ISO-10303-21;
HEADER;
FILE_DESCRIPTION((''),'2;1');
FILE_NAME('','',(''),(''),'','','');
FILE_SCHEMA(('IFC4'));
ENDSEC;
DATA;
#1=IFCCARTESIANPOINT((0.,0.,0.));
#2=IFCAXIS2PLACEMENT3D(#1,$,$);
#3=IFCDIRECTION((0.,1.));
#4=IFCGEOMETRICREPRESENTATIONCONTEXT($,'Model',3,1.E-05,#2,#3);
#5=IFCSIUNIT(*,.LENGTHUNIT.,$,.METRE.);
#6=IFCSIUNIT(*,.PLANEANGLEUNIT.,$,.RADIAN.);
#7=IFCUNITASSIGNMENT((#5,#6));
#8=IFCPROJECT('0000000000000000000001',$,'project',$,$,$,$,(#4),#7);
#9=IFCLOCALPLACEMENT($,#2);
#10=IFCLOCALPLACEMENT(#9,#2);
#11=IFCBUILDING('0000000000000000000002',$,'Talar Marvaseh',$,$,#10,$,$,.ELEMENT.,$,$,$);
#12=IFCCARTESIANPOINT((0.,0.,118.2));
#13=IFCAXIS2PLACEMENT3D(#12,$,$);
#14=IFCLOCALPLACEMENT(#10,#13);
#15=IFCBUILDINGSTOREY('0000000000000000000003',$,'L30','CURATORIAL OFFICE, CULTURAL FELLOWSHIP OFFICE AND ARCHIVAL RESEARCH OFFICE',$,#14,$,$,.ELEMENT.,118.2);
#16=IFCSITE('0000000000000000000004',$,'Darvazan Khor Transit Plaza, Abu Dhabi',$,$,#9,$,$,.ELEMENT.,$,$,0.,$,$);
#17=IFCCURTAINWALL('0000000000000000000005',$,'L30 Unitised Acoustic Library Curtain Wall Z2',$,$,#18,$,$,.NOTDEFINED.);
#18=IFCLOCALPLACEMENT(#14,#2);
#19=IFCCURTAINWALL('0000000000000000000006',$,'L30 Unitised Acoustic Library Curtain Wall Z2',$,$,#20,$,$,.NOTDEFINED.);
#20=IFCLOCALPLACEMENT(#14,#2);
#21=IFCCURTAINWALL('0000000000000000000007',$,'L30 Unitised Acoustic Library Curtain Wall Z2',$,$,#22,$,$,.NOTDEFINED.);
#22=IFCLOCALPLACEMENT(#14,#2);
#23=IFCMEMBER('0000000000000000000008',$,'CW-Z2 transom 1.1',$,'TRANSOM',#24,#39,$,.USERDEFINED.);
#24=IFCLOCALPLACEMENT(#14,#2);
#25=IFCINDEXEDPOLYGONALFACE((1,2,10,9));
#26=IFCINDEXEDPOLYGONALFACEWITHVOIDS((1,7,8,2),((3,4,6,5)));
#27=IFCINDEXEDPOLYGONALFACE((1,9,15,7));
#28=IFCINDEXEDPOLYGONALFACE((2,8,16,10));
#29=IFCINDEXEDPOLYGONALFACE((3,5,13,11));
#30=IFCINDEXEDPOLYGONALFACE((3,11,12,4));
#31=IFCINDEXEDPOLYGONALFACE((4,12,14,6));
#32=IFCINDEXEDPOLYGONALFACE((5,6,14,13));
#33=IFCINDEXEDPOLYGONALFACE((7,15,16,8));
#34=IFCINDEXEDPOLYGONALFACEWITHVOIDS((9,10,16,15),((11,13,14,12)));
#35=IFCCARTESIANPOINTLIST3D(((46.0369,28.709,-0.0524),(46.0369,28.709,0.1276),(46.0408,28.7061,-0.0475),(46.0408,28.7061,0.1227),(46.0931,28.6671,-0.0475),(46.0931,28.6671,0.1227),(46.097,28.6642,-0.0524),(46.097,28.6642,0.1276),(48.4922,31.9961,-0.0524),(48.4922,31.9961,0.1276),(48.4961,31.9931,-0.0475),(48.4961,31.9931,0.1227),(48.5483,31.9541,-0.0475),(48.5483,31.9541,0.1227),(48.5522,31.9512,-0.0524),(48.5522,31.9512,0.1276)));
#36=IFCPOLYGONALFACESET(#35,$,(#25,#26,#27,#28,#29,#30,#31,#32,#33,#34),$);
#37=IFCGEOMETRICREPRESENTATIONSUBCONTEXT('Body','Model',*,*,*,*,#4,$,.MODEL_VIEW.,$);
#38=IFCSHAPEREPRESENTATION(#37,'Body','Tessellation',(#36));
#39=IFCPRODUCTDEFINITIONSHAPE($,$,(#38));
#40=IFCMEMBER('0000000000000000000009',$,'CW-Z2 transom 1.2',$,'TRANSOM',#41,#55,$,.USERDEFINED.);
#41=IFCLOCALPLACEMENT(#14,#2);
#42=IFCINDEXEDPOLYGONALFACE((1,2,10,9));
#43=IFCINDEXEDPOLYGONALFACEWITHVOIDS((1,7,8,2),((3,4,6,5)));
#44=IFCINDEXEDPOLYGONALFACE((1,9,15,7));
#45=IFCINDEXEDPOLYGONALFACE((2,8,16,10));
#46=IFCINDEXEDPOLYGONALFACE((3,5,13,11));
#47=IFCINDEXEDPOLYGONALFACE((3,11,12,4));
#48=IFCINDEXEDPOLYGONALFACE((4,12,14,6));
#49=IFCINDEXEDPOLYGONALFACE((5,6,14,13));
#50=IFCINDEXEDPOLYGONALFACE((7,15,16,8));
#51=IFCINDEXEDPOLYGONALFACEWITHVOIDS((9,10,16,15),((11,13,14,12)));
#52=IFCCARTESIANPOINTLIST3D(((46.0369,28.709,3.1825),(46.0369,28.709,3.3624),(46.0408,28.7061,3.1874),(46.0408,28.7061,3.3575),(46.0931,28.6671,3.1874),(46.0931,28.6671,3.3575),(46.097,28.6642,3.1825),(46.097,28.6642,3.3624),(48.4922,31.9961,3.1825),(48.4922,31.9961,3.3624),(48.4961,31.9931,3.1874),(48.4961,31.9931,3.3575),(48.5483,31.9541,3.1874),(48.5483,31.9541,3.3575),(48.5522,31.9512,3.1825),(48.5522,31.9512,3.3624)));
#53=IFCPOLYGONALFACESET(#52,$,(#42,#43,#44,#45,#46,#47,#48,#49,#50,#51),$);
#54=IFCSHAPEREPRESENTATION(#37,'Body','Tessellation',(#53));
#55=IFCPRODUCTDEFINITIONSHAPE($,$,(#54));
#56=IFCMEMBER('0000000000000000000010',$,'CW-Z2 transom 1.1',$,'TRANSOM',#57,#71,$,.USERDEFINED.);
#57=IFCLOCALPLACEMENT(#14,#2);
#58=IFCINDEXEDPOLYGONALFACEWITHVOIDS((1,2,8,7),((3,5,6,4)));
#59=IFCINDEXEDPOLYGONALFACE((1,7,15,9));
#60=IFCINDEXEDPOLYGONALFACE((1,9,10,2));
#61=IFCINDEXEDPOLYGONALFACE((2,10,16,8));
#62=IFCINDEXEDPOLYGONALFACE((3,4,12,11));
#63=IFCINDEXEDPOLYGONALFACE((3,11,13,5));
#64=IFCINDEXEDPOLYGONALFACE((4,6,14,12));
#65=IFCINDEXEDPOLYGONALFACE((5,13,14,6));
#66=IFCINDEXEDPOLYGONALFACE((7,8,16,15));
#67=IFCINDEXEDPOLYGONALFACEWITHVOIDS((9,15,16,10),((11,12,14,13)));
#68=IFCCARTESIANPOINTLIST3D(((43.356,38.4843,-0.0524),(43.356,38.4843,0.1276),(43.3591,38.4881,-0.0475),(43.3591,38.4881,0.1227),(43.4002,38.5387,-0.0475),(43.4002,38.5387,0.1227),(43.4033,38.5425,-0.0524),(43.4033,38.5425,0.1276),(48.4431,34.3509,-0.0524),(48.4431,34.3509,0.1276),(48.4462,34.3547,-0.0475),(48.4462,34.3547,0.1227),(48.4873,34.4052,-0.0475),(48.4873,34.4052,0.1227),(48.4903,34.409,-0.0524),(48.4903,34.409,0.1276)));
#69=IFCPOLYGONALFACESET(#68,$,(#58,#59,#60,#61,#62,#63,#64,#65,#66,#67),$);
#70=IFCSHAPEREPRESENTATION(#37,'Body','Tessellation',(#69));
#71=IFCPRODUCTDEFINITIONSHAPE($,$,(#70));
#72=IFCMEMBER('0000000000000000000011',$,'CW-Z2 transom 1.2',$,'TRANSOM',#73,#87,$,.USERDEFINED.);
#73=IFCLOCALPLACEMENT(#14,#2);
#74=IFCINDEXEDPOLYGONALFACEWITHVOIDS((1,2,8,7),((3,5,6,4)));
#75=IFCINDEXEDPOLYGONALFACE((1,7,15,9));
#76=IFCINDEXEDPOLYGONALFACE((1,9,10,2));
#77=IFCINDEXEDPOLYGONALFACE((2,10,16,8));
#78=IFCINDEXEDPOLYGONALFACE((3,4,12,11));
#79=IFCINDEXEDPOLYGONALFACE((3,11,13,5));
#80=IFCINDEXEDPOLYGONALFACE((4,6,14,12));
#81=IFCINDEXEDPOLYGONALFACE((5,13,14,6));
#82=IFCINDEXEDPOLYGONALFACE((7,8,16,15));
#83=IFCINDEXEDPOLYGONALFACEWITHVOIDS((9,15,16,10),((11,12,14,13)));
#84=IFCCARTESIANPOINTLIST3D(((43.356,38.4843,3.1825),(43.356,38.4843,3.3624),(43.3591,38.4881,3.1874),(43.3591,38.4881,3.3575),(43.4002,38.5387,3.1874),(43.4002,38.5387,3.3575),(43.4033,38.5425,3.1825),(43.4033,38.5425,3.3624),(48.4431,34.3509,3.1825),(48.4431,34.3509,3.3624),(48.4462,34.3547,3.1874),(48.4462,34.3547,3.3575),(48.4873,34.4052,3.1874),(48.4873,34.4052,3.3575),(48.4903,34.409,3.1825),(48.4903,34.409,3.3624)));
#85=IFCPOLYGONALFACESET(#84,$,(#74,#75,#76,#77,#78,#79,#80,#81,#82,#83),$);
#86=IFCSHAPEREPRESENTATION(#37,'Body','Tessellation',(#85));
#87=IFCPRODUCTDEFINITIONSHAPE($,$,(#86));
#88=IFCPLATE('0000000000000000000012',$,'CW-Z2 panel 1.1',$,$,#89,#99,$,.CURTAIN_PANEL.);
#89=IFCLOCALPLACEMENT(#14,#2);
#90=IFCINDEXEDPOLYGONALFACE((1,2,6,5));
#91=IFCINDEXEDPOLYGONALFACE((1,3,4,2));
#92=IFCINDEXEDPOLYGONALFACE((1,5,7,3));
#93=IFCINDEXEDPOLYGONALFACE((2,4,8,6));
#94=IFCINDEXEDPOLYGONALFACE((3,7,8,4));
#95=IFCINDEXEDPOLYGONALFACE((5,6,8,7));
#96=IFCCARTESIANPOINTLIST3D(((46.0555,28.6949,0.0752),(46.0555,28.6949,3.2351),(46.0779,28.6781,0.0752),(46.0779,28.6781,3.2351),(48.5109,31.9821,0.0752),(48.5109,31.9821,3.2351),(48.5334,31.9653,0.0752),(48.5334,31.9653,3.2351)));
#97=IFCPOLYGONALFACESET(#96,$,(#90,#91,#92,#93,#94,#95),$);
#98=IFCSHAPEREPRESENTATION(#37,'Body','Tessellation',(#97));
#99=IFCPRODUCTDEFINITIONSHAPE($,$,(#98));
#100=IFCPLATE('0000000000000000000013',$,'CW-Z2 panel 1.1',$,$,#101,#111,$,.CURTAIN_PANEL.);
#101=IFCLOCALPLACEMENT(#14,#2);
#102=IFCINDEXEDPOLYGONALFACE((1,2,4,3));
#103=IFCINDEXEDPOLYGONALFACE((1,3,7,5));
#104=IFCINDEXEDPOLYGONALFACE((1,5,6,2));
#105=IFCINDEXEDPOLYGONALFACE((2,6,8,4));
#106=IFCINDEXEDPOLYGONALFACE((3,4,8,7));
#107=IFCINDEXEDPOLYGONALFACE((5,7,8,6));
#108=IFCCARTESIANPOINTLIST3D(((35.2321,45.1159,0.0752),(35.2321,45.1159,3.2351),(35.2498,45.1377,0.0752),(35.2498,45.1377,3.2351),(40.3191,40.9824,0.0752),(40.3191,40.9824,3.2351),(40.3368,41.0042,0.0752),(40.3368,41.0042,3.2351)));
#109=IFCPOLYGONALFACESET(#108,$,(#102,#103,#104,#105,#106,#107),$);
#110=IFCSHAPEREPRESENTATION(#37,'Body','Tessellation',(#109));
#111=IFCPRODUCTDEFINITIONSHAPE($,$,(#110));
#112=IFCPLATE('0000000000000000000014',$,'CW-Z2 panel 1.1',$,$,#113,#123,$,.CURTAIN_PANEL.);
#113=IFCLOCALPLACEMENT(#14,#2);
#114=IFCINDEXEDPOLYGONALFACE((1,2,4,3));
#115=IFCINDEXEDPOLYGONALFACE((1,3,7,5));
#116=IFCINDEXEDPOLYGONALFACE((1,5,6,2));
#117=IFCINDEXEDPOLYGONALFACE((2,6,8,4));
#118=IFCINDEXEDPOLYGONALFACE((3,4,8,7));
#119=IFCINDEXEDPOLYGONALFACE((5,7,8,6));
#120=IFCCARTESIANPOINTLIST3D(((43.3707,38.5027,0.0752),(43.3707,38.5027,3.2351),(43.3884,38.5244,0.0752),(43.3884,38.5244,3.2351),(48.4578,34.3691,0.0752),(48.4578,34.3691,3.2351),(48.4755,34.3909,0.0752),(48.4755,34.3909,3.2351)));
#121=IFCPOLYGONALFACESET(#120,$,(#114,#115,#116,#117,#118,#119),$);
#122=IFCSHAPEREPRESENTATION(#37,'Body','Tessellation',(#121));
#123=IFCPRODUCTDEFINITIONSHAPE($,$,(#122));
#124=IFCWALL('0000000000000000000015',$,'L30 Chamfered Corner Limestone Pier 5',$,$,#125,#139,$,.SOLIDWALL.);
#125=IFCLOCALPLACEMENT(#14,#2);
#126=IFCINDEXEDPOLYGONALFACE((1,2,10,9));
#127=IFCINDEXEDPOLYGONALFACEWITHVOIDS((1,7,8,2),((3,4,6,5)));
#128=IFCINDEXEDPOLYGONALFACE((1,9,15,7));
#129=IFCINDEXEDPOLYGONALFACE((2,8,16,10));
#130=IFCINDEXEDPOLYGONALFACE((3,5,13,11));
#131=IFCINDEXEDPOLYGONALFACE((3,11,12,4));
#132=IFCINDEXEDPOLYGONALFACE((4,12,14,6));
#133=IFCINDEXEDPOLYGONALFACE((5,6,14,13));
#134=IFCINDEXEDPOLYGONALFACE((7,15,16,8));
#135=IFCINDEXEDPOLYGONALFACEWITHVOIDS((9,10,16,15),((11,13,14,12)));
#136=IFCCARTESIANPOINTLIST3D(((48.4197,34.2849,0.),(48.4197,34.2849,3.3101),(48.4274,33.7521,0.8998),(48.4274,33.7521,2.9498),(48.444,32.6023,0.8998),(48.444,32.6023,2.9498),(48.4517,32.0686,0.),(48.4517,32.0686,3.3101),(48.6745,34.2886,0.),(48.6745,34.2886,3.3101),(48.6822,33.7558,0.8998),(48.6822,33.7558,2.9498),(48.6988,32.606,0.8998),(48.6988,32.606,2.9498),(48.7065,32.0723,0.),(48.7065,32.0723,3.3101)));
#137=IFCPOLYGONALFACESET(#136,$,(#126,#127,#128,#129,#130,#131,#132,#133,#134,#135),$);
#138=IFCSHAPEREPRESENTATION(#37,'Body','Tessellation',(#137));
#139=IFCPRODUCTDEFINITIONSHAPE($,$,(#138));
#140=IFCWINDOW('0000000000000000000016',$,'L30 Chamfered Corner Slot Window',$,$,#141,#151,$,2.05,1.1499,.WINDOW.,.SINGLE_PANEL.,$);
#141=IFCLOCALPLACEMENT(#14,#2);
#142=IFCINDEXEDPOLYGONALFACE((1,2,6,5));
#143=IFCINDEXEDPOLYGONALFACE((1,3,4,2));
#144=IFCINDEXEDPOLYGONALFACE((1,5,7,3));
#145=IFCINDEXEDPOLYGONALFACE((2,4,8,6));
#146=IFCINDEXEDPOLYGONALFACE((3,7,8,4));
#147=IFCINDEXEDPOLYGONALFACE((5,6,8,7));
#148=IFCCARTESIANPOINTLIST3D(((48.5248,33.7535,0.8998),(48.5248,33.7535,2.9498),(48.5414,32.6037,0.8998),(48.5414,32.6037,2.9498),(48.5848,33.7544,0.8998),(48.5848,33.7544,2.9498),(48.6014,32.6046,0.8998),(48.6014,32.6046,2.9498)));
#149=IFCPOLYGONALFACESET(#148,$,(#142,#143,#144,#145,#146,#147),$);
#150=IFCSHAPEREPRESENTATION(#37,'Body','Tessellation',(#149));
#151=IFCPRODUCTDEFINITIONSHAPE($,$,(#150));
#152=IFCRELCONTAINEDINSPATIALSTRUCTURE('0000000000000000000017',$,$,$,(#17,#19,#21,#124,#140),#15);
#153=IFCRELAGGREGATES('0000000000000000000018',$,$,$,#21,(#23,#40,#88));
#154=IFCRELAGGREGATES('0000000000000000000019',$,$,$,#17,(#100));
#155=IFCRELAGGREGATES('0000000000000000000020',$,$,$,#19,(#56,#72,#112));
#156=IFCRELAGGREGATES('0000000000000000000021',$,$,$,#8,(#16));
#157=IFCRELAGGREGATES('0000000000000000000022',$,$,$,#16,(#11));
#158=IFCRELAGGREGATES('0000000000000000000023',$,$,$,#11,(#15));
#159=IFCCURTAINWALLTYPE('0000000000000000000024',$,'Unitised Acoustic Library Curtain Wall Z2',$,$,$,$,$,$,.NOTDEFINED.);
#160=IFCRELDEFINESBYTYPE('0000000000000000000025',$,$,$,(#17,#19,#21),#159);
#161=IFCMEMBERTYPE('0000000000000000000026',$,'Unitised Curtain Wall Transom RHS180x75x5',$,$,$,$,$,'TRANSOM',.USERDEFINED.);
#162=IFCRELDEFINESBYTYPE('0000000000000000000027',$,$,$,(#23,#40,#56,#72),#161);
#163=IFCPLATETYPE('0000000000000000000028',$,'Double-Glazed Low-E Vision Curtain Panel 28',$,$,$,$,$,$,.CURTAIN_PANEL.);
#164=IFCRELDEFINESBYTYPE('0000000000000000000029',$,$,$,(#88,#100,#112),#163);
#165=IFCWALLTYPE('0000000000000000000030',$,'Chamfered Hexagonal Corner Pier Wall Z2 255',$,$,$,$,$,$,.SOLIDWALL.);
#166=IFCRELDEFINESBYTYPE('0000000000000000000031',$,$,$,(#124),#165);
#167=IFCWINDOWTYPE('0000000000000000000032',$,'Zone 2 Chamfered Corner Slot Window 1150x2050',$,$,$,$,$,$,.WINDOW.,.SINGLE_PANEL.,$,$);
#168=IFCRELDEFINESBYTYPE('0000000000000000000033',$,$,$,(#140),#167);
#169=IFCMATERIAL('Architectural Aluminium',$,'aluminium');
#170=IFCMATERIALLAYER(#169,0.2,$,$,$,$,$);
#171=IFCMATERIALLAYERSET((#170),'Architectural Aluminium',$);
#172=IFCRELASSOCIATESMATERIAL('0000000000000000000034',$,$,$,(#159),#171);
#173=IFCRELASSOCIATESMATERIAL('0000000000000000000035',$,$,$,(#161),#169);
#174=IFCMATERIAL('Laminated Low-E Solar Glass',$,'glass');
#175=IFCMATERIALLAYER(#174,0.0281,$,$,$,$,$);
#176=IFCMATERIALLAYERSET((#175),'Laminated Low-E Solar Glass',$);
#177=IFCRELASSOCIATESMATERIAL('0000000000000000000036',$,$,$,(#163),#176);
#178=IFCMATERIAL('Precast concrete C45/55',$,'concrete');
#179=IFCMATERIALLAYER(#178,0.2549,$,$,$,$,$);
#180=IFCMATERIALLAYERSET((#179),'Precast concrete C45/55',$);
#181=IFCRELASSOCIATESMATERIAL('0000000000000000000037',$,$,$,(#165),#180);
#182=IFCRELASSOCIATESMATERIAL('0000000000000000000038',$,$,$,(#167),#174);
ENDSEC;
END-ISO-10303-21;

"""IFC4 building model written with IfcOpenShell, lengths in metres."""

from ifc_helpers import new_model, si_unit, direction, frame, frame_2d, origin, origin_2d, place, context, subcontext, project, spatial, rectangle, hollow_rectangle, extrude, source, transform, mapped, material, layer, layer_set, material_profile, profile_set, type_object, type_shapes, element, fill, aggregate, save


model = new_model("IFC4")

# Units and contexts
model_context = context("Model", 3, precision=1e-05, world=origin(), true_north=direction((0.0, 1.0)))
body_context = subcontext(model_context, "Body", "Model", "MODEL_VIEW")
ifc_project = project(units=[si_unit("LENGTHUNIT", "METRE"), si_unit("PLANEANGLEUNIT", "RADIAN")], contexts=[model_context])

# Site, building, storey
site_placement = place(None, origin())
site = spatial("IfcSite", under=ifc_project, at=site_placement, Name="Darvazan Khor Transit Plaza, Abu Dhabi", CompositionType="ELEMENT", RefElevation=0.0)
building_placement = place(site_placement, origin())
building = spatial("IfcBuilding", under=site, at=building_placement, Name="Talar Marvaseh", CompositionType="ELEMENT")
storey_placement = place(building_placement, frame((0.0, 0.0, 118.2)))
storey = spatial("IfcBuildingStorey", under=building, at=storey_placement, Name="L30", Description="CURATORIAL OFFICE, CULTURAL FELLOWSHIP OFFICE AND ARCHIVAL RESEARCH OFFICE", CompositionType="ELEMENT", Elevation=118.2)

# Curtain wall
ifc_material_1 = material(Name="Architectural Aluminium", Category="aluminium")
ifc_layer_1 = layer(ifc_material_1, 0.2)
ifc_layer_set_1 = layer_set([ifc_layer_1], Name="Architectural Aluminium")
curtain_wall_type = type_object("IfcCurtainWallType", Name="Unitised Acoustic Library Curtain Wall Z2", PredefinedType="NOTDEFINED", material=ifc_layer_set_1)
curtain_wall_1_placement = place(storey_placement, origin())
curtain_wall_1 = element("IfcCurtainWall", 1, at=curtain_wall_1_placement, inside=storey, type_object=curtain_wall_type, Name="L30 Unitised Acoustic Library Curtain Wall Z2", PredefinedType="NOTDEFINED")

# Curtain walls, members
curtain_wall_2_placement = place(storey_placement, origin())
curtain_wall_2 = element("IfcCurtainWall", 2, at=curtain_wall_2_placement, inside=storey, type_object=curtain_wall_type, Name="L30 Unitised Acoustic Library Curtain Wall Z2", PredefinedType="NOTDEFINED")
curtain_wall_3_placement = place(storey_placement, origin())
curtain_wall_3 = element("IfcCurtainWall", 3, at=curtain_wall_3_placement, inside=storey, type_object=curtain_wall_type, Name="L30 Unitised Acoustic Library Curtain Wall Z2", PredefinedType="NOTDEFINED")
ifc_material_profile_1 = material_profile(ifc_material_1, hollow_rectangle(XDim=0.075, YDim=0.1799, WallThickness=0.0049, at=origin_2d()), Name="RHS180x75x5")
ifc_profile_set_1 = profile_set([ifc_material_profile_1], Name="Architectural Aluminium")
member_type_1 = type_object("IfcMemberType", Name="Unitised Curtain Wall Transom RHS180x75x5", ElementType="TRANSOM", PredefinedType="USERDEFINED", material=ifc_profile_set_1)
shared_shape_1 = source(origin(), body_context, "Body", "SweptSolid", [
    extrude(hollow_rectangle(XDim=0.075, YDim=0.1799, WallThickness=0.0049, at=origin_2d()), origin(), (0.0, 0.0, 1.0), 4.1028),
])
member_1_placement = place(storey_placement, frame((48.5222, 31.9736, 0.0376), z_axis=(-0.598437, -0.80117, 0.0), x_axis=(0.80117, -0.598437, 0.0)))
member_1 = element("IfcMember", 4, at=member_1_placement, type_object=member_type_1, Name="CW-Z2 transom 1.1", ObjectType="TRANSOM", PredefinedType="USERDEFINED", context=body_context, shape_type="MappedRepresentation", body=[
    mapped(shared_shape_1, transform((0.0, 0.0, 0.0), x_axis=(1.0, 0.0, 0.0), y_axis=(0.0, 1.0, 0.0), z_axis=(0.0, 0.0, 1.0), scale=1.0)),
])
member_2_placement = place(storey_placement, frame((48.5222, 31.9736, 3.2725), z_axis=(-0.598437, -0.80117, 0.0), x_axis=(0.80117, -0.598437, 0.0)))
member_2 = element("IfcMember", 5, at=member_2_placement, type_object=member_type_1, Name="CW-Z2 transom 1.2", ObjectType="TRANSOM", PredefinedType="USERDEFINED", context=body_context, shape_type="MappedRepresentation", body=[
    mapped(shared_shape_1, transform((0.0, 0.0, 0.0), x_axis=(1.0, 0.0, 0.0), y_axis=(0.0, 1.0, 0.0), z_axis=(0.0, 0.0, 1.0), scale=1.0)),
])

# Members
shared_shape_2 = source(origin(), body_context, "Body", "SweptSolid", [
    extrude(hollow_rectangle(XDim=0.075, YDim=0.1799, WallThickness=0.0049, at=origin_2d()), origin(), (0.0, 0.0, 1.0), 6.5547),
])
type_shapes(member_type_1, [shared_shape_1, shared_shape_2])
member_3_placement = place(storey_placement, frame((43.3796, 38.5134, 0.0376), z_axis=(0.776097, -0.630614, 0.0), x_axis=(0.630614, 0.776097, 0.0)))
member_3 = element("IfcMember", 6, at=member_3_placement, type_object=member_type_1, Name="CW-Z2 transom 1.1", ObjectType="TRANSOM", PredefinedType="USERDEFINED", context=body_context, shape_type="MappedRepresentation", body=[
    mapped(shared_shape_2, transform((0.0, 0.0, 0.0), x_axis=(1.0, 0.0, 0.0), y_axis=(0.0, 1.0, 0.0), z_axis=(0.0, 0.0, 1.0), scale=1.0)),
])
member_4_placement = place(storey_placement, frame((43.3796, 38.5134, 3.2725), z_axis=(0.776097, -0.630614, 0.0), x_axis=(0.630614, 0.776097, 0.0)))
member_4 = element("IfcMember", 7, at=member_4_placement, type_object=member_type_1, Name="CW-Z2 transom 1.2", ObjectType="TRANSOM", PredefinedType="USERDEFINED", context=body_context, shape_type="MappedRepresentation", body=[
    mapped(shared_shape_2, transform((0.0, 0.0, 0.0), x_axis=(1.0, 0.0, 0.0), y_axis=(0.0, 1.0, 0.0), z_axis=(0.0, 0.0, 1.0), scale=1.0)),
])

# Plates
ifc_material_2 = material(Name="Laminated Low-E Solar Glass", Category="glass")
ifc_layer_2 = layer(ifc_material_2, 0.0281)
ifc_layer_set_2 = layer_set([ifc_layer_2], Name="Laminated Low-E Solar Glass")
plate_type = type_object("IfcPlateType", Name="Double-Glazed Low-E Vision Curtain Panel 28", PredefinedType="CURTAIN_PANEL", material=ifc_layer_set_2)
shared_shape_3 = source(origin(), body_context, "Body", "SweptSolid", [
    extrude(rectangle(XDim=4.103, YDim=0.0281, at=origin_2d()), origin(), (0.0, 0.0, 1.0), 3.1599),
])
plate_1_placement = place(storey_placement, frame((47.2944, 30.3301, 0.0752), z_axis=(0.0, 0.0, 1.0), x_axis=(-0.598452, -0.801159, 0.0)))
plate_1 = element("IfcPlate", 8, at=plate_1_placement, type_object=plate_type, Name="CW-Z2 panel 1.1", PredefinedType="CURTAIN_PANEL", context=body_context, shape_type="MappedRepresentation", body=[
    mapped(shared_shape_3, transform((0.0, 0.0, 0.0), x_axis=(1.0, 0.0, 0.0), y_axis=(0.0, 1.0, 0.0), z_axis=(0.0, 0.0, 1.0), scale=1.0)),
])
aggregate(curtain_wall_3, [member_1, member_2, plate_1])
shared_shape_4 = source(origin(), body_context, "Body", "SweptSolid", [
    extrude(rectangle(XDim=6.5547, YDim=0.0281, at=origin_2d()), origin(), (0.0, 0.0, 1.0), 3.1599),
])
type_shapes(plate_type, [shared_shape_3, shared_shape_4])
plate_2_placement = place(storey_placement, frame((37.7844, 43.0601, 0.0752), z_axis=(0.0, 0.0, 1.0), x_axis=(0.776088, -0.630625, 0.0)))
plate_2 = element("IfcPlate", 9, at=plate_2_placement, type_object=plate_type, Name="CW-Z2 panel 1.1", PredefinedType="CURTAIN_PANEL", context=body_context, shape_type="MappedRepresentation", body=[
    mapped(shared_shape_4, transform((0.0, 0.0, 0.0), x_axis=(1.0, 0.0, 0.0), y_axis=(0.0, 1.0, 0.0), z_axis=(0.0, 0.0, 1.0), scale=1.0)),
])
aggregate(curtain_wall_1, [plate_2])
plate_3_placement = place(storey_placement, frame((45.9231, 36.4468, 0.0752), z_axis=(0.0, 0.0, 1.0), x_axis=(0.776088, -0.630625, 0.0)))
plate_3 = element("IfcPlate", 10, at=plate_3_placement, type_object=plate_type, Name="CW-Z2 panel 1.1", PredefinedType="CURTAIN_PANEL", context=body_context, shape_type="MappedRepresentation", body=[
    mapped(shared_shape_4, transform((0.0, 0.0, 0.0), x_axis=(1.0, 0.0, 0.0), y_axis=(0.0, 1.0, 0.0), z_axis=(0.0, 0.0, 1.0), scale=1.0)),
])
aggregate(curtain_wall_2, [member_3, member_4, plate_3])

# Wall, opening, window
ifc_material_3 = material(Name="Precast concrete C45/55", Category="concrete")
ifc_layer_3 = layer(ifc_material_3, 0.2549)
ifc_layer_set_3 = layer_set([ifc_layer_3], Name="Precast concrete C45/55")
wall_type_1 = type_object("IfcWallType", Name="Chamfered Hexagonal Corner Pier Wall Z2 255", PredefinedType="SOLIDWALL", material=ifc_layer_set_3)
wall_1_placement = place(storey_placement, frame((48.5471, 34.2869, 0.0), z_axis=(0.0, 0.0, 1.0), x_axis=(0.014429, -0.999896, 0.0)))
wall_1 = element("IfcWall", 11, at=wall_1_placement, inside=storey, type_object=wall_type_1, Name="L30 Chamfered Corner Limestone Pier 5", PredefinedType="SOLIDWALL", context=body_context, shape_type="SweptSolid", body=[
    extrude(rectangle(XDim=2.2166, YDim=0.2549, at=frame_2d((1.1084, 0.0))), origin(), (0.0, 0.0, 1.0), 3.3101),
])
opening_1_placement = place(wall_1_placement, frame((0.533, 0.0, 0.8999)))
opening_1 = element("IfcOpeningElement", 12, at=opening_1_placement, cuts=wall_1, PredefinedType="OPENING", context=body_context, shape_type="SweptSolid", body=[
    extrude(rectangle(XDim=1.1499, YDim=2.05, at=frame_2d((0.575, 1.0249))), frame((0.0, 0.1375, 0.0), z_axis=(0.0, -1.0, 0.0), x_axis=(1.0, 0.0, 0.0)), (0.0, 0.0, 1.0), 0.2749),
])
window_type = type_object("IfcWindowType", Name="Zone 2 Chamfered Corner Slot Window 1150x2050", PartitioningType="SINGLE_PANEL", PredefinedType="WINDOW", material=ifc_material_2)
shared_shape_5 = source(origin(), body_context, "Body", "SweptSolid", [
    extrude(rectangle(XDim=1.1499, YDim=2.05, at=frame_2d((0.575, 1.0249))), frame((0.0, 0.03, 0.0), z_axis=(0.0, -1.0, 0.0), x_axis=(1.0, 0.0, 0.0)), (0.0, 0.0, 1.0), 0.0601),
])
type_shapes(window_type, [shared_shape_5])
window_placement = place(opening_1_placement, origin())
window = element("IfcWindow", 13, at=window_placement, inside=storey, type_object=window_type, Name="L30 Chamfered Corner Slot Window", OverallHeight=2.05, OverallWidth=1.1499, PartitioningType="SINGLE_PANEL", PredefinedType="WINDOW", context=body_context, shape_type="MappedRepresentation", body=[
    mapped(shared_shape_5, transform((0.0, 0.0, 0.0), x_axis=(1.0, 0.0, 0.0), y_axis=(0.0, 1.0, 0.0), z_axis=(0.0, 0.0, 1.0), scale=1.0)),
])
fill(opening_1, window)

save(model, "model.ifc")
